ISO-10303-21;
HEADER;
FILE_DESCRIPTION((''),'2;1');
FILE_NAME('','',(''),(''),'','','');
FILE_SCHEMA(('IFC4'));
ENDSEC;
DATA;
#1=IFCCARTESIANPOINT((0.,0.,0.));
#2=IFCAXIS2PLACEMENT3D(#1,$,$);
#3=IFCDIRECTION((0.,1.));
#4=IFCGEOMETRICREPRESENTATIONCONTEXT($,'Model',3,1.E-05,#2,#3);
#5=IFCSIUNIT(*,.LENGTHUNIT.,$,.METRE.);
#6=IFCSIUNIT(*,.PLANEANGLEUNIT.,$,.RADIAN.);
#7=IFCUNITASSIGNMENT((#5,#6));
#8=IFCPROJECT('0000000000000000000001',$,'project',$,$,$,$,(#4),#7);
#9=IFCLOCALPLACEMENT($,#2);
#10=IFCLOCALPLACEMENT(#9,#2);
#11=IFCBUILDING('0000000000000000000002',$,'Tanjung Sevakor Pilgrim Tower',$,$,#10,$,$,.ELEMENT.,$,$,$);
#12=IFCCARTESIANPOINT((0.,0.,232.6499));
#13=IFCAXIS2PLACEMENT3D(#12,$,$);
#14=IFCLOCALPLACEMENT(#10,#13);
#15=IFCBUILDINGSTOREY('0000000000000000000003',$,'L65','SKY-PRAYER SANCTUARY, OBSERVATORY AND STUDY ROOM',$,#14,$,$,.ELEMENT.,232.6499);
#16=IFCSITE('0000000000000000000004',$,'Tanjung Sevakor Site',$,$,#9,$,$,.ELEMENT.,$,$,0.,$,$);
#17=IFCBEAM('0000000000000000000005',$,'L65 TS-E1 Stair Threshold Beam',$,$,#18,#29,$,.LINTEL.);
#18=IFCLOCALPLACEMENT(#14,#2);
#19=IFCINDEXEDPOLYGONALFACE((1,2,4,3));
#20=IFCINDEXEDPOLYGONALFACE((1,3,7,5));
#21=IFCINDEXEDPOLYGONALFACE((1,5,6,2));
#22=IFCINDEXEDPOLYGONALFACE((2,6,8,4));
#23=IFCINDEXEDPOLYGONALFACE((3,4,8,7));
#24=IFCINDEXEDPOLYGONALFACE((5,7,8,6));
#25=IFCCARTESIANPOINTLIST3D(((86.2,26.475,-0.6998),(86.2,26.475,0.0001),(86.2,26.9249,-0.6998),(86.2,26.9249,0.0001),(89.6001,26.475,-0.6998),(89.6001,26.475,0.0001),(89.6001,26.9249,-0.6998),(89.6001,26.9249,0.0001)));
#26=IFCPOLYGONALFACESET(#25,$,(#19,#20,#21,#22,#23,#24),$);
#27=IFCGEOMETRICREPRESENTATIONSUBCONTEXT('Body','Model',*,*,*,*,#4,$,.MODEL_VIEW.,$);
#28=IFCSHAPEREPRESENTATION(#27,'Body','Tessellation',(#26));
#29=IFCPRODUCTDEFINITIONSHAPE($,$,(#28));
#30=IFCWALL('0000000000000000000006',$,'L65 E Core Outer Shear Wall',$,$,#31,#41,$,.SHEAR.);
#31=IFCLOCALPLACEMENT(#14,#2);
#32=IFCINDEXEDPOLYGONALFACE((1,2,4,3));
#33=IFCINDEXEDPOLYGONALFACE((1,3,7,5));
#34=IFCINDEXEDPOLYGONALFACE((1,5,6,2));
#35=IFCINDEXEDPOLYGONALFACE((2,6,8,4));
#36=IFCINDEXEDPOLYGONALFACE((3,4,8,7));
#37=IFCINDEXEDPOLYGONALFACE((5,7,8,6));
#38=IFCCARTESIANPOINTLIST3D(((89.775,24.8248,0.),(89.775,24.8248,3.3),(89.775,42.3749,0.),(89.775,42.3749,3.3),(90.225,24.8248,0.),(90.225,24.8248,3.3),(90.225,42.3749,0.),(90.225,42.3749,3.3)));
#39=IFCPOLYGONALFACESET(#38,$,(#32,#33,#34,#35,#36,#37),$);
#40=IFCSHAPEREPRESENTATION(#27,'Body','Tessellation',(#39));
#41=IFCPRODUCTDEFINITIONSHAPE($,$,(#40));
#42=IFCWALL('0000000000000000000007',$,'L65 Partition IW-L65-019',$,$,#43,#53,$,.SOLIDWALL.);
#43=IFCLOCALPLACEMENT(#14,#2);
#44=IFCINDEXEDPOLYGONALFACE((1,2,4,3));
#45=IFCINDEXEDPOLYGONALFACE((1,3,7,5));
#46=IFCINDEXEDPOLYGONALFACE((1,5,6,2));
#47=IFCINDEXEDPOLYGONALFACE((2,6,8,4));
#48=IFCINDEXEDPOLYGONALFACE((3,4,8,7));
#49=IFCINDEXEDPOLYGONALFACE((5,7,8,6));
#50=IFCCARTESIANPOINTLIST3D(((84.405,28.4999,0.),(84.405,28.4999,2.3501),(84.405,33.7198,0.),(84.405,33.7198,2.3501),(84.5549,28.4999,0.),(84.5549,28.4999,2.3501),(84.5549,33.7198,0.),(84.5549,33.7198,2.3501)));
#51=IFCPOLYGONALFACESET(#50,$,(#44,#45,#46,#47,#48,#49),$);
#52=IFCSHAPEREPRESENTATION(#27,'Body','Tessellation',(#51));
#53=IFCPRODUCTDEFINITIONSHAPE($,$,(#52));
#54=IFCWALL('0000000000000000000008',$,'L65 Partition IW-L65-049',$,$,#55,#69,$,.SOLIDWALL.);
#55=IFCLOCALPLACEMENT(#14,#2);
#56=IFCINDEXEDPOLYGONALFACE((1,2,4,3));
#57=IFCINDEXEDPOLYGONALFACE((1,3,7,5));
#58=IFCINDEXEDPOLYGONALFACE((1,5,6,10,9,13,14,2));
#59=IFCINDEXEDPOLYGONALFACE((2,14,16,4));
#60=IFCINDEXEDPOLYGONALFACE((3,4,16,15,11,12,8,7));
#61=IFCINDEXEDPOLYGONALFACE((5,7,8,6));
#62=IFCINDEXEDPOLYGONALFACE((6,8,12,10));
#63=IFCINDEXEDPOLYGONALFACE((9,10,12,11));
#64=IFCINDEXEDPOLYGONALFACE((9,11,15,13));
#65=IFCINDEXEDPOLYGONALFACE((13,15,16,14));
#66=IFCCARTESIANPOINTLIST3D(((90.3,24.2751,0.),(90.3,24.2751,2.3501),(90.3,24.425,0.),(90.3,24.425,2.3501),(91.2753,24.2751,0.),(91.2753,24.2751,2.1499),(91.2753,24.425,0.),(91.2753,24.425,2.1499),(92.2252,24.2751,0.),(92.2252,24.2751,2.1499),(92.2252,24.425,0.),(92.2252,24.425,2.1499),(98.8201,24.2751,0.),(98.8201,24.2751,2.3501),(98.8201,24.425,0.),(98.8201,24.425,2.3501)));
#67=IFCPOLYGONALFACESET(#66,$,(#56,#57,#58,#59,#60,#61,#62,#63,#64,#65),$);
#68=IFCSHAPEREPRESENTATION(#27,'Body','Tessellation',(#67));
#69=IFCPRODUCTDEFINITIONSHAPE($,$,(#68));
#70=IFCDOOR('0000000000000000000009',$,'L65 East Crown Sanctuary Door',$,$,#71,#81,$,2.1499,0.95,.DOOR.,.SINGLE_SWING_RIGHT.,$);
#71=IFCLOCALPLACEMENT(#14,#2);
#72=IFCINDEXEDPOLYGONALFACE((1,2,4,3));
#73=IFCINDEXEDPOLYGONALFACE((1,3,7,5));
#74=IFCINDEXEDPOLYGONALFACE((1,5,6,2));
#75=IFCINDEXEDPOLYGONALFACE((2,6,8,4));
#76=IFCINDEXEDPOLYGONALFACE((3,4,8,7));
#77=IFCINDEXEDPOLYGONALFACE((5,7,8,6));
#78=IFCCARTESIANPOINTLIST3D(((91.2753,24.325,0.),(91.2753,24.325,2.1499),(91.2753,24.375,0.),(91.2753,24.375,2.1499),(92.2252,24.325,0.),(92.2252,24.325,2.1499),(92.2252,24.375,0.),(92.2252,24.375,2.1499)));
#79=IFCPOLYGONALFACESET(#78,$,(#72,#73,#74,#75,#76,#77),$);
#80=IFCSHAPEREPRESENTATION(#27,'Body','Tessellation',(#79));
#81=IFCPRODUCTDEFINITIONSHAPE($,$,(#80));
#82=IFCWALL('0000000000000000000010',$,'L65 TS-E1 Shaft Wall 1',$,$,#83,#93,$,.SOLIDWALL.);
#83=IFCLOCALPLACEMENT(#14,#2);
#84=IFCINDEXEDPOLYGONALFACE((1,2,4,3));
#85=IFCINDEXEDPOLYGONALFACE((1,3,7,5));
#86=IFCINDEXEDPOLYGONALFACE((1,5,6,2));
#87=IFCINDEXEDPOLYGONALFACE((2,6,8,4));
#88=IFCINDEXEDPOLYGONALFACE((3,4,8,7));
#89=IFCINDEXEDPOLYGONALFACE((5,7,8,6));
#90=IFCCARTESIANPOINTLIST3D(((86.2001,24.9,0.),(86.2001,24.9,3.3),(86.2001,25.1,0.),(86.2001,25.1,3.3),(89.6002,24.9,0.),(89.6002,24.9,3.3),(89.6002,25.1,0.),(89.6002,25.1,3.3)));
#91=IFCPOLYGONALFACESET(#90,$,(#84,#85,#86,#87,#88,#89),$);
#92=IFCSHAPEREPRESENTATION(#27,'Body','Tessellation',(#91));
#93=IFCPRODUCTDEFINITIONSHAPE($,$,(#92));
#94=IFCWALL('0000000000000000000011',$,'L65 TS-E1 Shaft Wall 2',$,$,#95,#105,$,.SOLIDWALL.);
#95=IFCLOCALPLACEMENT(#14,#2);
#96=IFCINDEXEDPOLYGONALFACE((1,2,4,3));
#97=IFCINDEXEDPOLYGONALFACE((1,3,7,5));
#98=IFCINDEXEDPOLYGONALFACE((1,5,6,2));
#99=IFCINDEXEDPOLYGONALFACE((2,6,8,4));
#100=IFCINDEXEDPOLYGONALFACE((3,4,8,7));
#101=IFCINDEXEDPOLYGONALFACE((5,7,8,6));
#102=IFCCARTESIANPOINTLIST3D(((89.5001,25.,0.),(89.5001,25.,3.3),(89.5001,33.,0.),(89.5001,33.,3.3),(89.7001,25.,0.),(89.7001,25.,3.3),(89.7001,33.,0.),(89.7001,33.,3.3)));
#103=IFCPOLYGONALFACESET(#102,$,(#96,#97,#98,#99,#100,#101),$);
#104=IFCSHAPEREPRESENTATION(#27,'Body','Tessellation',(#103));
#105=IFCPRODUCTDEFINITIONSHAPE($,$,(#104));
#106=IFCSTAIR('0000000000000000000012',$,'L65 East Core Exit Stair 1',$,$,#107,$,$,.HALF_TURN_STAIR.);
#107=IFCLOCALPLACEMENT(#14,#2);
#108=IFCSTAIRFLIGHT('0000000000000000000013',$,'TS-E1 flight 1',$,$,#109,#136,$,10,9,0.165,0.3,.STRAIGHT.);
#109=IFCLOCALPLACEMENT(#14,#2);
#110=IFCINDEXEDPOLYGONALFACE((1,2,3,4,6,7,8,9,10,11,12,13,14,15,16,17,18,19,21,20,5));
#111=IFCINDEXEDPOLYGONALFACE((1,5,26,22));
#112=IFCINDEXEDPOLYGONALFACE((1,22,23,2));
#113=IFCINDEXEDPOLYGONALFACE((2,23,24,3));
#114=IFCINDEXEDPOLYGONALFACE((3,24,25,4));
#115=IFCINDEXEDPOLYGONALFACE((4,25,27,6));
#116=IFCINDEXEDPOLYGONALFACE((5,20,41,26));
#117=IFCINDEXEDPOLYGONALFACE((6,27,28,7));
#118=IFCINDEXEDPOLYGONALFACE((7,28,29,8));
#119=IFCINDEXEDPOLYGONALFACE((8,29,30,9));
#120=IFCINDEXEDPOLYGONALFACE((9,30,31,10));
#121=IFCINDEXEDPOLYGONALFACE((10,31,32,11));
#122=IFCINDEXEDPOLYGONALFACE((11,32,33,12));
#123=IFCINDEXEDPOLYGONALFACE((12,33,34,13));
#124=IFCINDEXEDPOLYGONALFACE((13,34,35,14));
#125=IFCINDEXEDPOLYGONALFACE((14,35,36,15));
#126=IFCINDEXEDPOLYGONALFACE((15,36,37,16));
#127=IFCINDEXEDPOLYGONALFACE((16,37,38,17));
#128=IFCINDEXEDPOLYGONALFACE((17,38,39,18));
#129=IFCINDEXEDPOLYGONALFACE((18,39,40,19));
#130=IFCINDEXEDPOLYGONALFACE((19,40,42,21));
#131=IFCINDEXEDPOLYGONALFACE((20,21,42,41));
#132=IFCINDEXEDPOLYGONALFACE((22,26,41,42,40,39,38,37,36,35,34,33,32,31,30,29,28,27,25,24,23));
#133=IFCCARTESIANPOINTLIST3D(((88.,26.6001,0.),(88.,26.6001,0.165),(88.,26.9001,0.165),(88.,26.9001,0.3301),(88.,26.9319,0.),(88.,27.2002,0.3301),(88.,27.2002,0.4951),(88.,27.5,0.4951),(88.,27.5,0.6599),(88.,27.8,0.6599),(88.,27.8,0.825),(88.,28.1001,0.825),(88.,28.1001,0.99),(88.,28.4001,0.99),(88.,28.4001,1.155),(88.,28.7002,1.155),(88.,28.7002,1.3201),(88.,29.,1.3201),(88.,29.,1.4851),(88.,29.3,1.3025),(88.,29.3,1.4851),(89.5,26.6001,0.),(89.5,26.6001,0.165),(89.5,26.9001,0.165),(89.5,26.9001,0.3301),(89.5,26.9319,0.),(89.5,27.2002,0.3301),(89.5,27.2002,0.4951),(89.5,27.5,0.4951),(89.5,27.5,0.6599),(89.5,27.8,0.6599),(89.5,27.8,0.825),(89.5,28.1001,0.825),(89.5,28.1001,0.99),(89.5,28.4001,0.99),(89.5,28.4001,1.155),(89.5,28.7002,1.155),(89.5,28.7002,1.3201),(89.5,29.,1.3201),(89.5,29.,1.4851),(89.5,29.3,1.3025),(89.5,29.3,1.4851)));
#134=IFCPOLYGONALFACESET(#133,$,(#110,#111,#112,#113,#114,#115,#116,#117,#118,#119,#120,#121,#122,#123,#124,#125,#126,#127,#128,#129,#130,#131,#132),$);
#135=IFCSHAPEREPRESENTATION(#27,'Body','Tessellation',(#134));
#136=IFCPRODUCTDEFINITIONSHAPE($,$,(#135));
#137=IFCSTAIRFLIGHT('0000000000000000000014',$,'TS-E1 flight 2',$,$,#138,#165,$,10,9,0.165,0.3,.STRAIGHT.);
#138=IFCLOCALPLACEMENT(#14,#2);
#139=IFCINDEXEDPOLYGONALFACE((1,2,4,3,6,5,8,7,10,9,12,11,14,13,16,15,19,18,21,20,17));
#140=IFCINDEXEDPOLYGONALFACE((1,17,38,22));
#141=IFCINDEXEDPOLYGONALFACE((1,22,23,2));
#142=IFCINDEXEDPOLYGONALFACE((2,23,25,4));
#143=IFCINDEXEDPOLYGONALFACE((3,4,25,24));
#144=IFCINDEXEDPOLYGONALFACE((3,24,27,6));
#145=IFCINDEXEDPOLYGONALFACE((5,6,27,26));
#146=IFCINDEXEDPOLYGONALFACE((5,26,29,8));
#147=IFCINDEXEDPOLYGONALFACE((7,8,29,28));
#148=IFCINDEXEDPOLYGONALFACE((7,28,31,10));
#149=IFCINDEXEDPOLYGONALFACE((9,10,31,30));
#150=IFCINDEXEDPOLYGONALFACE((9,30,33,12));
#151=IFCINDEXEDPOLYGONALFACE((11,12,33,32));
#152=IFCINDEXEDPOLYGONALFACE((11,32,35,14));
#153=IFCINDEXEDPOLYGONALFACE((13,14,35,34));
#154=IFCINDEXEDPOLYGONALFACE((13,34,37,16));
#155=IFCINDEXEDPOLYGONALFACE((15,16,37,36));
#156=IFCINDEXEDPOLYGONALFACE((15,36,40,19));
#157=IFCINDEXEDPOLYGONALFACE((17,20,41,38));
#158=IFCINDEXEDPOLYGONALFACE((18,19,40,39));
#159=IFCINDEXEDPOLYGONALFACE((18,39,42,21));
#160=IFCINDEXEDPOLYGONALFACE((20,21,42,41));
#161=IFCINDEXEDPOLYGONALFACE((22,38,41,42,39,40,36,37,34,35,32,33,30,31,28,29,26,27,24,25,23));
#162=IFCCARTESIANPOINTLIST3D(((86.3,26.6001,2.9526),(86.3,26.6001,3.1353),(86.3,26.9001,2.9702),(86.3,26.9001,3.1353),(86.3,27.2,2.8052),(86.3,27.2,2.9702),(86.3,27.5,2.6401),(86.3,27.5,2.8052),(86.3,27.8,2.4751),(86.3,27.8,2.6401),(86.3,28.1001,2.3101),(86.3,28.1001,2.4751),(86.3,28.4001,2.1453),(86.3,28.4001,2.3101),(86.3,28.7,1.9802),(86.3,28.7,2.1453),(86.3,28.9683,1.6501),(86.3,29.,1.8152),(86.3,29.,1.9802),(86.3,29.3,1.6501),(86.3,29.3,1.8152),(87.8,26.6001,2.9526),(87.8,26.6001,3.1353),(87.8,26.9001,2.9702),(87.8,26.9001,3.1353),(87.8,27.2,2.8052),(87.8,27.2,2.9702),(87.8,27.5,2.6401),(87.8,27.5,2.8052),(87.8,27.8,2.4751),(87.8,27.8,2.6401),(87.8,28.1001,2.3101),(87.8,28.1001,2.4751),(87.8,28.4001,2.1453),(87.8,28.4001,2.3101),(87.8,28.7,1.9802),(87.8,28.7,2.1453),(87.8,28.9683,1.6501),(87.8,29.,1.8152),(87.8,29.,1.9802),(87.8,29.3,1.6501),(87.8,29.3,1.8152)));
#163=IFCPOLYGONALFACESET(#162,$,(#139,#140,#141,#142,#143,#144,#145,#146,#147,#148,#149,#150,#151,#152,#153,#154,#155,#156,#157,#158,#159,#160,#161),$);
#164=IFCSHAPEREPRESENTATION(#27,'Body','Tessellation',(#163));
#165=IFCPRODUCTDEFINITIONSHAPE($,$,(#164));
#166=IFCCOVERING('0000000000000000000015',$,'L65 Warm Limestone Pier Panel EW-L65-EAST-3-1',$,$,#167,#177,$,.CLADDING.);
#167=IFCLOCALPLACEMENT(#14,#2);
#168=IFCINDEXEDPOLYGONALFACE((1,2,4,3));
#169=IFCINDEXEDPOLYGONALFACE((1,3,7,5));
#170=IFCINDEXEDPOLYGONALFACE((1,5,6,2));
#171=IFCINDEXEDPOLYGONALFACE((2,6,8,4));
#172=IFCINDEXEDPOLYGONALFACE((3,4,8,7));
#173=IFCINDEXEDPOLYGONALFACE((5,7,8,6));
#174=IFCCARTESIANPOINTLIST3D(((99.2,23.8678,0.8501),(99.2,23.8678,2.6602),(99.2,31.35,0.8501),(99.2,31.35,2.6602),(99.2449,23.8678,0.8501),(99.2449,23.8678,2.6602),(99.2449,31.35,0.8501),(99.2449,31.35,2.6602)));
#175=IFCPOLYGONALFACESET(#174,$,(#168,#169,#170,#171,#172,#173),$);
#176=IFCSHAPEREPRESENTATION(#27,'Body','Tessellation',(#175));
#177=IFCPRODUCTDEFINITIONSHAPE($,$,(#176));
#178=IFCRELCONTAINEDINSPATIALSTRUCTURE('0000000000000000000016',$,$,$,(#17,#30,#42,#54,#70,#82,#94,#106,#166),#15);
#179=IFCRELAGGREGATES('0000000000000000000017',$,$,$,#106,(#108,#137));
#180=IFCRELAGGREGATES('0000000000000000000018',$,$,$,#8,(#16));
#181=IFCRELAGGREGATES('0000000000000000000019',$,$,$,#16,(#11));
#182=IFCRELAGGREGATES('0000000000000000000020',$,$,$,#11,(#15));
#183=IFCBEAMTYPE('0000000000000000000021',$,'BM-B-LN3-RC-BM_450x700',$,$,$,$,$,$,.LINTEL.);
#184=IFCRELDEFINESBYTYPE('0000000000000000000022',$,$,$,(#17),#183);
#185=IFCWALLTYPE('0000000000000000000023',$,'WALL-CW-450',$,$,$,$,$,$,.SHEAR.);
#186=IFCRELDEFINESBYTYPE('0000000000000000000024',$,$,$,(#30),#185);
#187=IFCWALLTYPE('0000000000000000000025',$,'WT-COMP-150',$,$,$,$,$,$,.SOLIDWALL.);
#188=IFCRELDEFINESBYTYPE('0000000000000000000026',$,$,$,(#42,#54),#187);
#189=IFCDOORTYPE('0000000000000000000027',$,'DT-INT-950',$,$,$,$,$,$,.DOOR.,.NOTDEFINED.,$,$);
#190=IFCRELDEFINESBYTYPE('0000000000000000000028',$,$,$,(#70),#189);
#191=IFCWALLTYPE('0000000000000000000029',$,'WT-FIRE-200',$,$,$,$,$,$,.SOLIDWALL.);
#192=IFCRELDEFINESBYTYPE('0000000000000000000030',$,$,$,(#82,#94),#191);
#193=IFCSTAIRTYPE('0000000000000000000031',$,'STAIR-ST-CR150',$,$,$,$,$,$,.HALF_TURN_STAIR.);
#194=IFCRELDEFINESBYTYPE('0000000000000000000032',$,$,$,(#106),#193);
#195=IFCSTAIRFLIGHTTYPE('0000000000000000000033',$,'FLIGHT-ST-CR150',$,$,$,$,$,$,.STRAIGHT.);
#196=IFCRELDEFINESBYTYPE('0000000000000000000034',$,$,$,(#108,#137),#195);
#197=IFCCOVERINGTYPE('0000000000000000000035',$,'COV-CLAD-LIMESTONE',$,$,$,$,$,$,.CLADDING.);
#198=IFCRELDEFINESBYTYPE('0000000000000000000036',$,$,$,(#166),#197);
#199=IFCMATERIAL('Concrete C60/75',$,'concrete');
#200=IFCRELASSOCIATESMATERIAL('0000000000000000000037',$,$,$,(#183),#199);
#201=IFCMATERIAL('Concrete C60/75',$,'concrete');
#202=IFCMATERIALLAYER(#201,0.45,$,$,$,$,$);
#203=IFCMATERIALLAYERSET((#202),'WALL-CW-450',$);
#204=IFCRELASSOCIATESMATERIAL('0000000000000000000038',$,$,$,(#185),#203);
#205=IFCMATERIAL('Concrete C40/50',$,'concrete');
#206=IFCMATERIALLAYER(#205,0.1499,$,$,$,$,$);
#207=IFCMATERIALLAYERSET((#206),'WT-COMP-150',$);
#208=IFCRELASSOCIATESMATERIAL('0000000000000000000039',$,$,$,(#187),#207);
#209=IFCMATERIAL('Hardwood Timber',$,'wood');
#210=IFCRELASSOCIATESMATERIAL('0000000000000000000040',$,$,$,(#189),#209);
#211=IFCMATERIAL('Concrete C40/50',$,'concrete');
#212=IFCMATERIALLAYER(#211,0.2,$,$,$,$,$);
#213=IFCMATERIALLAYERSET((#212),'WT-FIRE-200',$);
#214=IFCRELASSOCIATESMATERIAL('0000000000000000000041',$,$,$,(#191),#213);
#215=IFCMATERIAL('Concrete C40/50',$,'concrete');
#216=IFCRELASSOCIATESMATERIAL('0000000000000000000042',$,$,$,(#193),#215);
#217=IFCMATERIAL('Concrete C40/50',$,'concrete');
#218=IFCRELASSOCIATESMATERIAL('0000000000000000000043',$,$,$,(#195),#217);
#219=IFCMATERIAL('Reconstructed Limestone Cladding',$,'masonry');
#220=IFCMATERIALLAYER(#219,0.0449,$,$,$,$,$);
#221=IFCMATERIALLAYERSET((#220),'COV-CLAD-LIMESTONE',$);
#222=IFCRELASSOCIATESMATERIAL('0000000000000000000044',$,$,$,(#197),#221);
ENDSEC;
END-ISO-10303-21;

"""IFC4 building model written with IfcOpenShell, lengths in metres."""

from ifc_helpers import new_model, si_unit, direction, frame, frame_2d, origin, origin_2d, place, context, subcontext, project, spatial, polyline, rectangle, outline, extrude, material, layer, layer_set, material_profile, profile_set, type_object, element, fill, aggregate, save


model = new_model("IFC4")

# Units and contexts
model_context = context("Model", 3, precision=1e-05, world=origin(), true_north=direction((0.0, 1.0)))
body_context = subcontext(model_context, "Body", "Model", "MODEL_VIEW")
ifc_project = project(units=[si_unit("LENGTHUNIT", "METRE"), si_unit("PLANEANGLEUNIT", "RADIAN")], contexts=[model_context])

# Site, building, storey
site_placement = place(None, origin())
site = spatial("IfcSite", under=ifc_project, at=site_placement, Name="Tanjung Sevakor Site", CompositionType="ELEMENT", RefElevation=0.0)
building_placement = place(site_placement, origin())
building = spatial("IfcBuilding", under=site, at=building_placement, Name="Tanjung Sevakor Pilgrim Tower", CompositionType="ELEMENT")
storey_placement = place(building_placement, frame((0.0, 0.0, 232.6499)))
storey = spatial("IfcBuildingStorey", under=building, at=storey_placement, Name="L65", Description="SKY-PRAYER SANCTUARY, OBSERVATORY AND STUDY ROOM", CompositionType="ELEMENT", Elevation=232.6499)

# Beam
ifc_material_1 = material(Name="Concrete C60/75", Category="concrete")
ifc_material_profile = material_profile(ifc_material_1, rectangle(XDim=0.45, YDim=0.7, at=origin_2d()))
ifc_profile_set = profile_set([ifc_material_profile], Name="Concrete C60/75")
beam_type = type_object("IfcBeamType", Name="BM-B-LN3-RC-BM_450x700", PredefinedType="LINTEL", material=ifc_profile_set)
beam_placement = place(storey_placement, frame((86.2, 26.7, -0.3499), z_axis=(1.0, 0.0, 0.0), x_axis=(0.0, 1.0, 0.0)))
element("IfcBeam", 1, at=beam_placement, inside=storey, type_object=beam_type, Name="L65 TS-E1 Stair Threshold Beam", PredefinedType="LINTEL", context=body_context, shape_type="SweptSolid", body=[
    extrude(rectangle(XDim=0.45, YDim=0.7, at=origin_2d()), origin(), (0.0, 0.0, 1.0), 3.4001),
])

# Wall
ifc_material_2 = material(Name="Concrete C60/75", Category="concrete")
ifc_layer_1 = layer(ifc_material_2, 0.45)
ifc_layer_set_1 = layer_set([ifc_layer_1], Name="WALL-CW-450")
wall_type_1 = type_object("IfcWallType", Name="WALL-CW-450", PredefinedType="SHEAR", material=ifc_layer_set_1)
wall_1_placement = place(storey_placement, frame((90.0, 24.825, 0.0), z_axis=(0.0, 0.0, 1.0), x_axis=(0.0, 1.0, 0.0)))
element("IfcWall", 2, at=wall_1_placement, inside=storey, type_object=wall_type_1, Name="L65 E Core Outer Shear Wall", PredefinedType="SHEAR", context=body_context, shape_type="SweptSolid", body=[
    extrude(rectangle(XDim=17.55, YDim=0.45, at=frame_2d((8.7749, 0.0))), origin(), (0.0, 0.0, 1.0), 3.3),
])

# Wall
ifc_material_3 = material(Name="Concrete C40/50", Category="concrete")
ifc_layer_2 = layer(ifc_material_3, 0.1499)
ifc_layer_set_2 = layer_set([ifc_layer_2], Name="WT-COMP-150")
wall_type_2 = type_object("IfcWallType", Name="WT-COMP-150", PredefinedType="SOLIDWALL", material=ifc_layer_set_2)
wall_2_placement = place(storey_placement, frame((84.48, 28.5, 0.0), z_axis=(0.0, 0.0, 1.0), x_axis=(0.0, 1.0, 0.0)))
element("IfcWall", 3, at=wall_2_placement, inside=storey, type_object=wall_type_2, Name="L65 Partition IW-L65-019", PredefinedType="SOLIDWALL", context=body_context, shape_type="SweptSolid", body=[
    extrude(rectangle(XDim=5.22, YDim=0.1499, at=frame_2d((2.6099, 0.0))), origin(), (0.0, 0.0, 1.0), 2.3501),
])

# Wall, opening, door
wall_3_placement = place(storey_placement, frame((90.3, 24.3501, 0.0), z_axis=(0.0, 0.0, 1.0), x_axis=(1.0, 0.0, 0.0)))
wall_3 = element("IfcWall", 4, at=wall_3_placement, inside=storey, type_object=wall_type_2, Name="L65 Partition IW-L65-049", PredefinedType="SOLIDWALL", context=body_context, shape_type="SweptSolid", body=[
    extrude(rectangle(XDim=8.52, YDim=0.1499, at=frame_2d((4.26, 0.0))), origin(), (0.0, 0.0, 1.0), 2.3501),
])
opening_1_placement = place(wall_3_placement, frame((0.9751, 0.0, 0.0)))
opening_1 = element("IfcOpeningElement", 5, at=opening_1_placement, cuts=wall_3, PredefinedType="OPENING", context=body_context, shape_type="SweptSolid", body=[
    extrude(rectangle(XDim=0.95, YDim=2.1499, at=frame_2d((0.4751, 1.075))), frame((0.0, 0.085, 0.0), z_axis=(0.0, -1.0, 0.0), x_axis=(1.0, 0.0, 0.0)), (0.0, 0.0, 1.0), 0.1699),
])
ifc_material_4 = material(Name="Hardwood Timber", Category="wood")
door_type_1 = type_object("IfcDoorType", Name="DT-INT-950", OperationType="NOTDEFINED", PredefinedType="DOOR", material=ifc_material_4)
door_1_placement = place(opening_1_placement, origin())
door_1 = element("IfcDoor", 6, at=door_1_placement, inside=storey, type_object=door_type_1, Name="L65 East Crown Sanctuary Door", OperationType="SINGLE_SWING_RIGHT", OverallHeight=2.1499, OverallWidth=0.95, PredefinedType="DOOR", context=body_context, shape_type="SweptSolid", body=[
    extrude(rectangle(XDim=0.95, YDim=2.1499, at=frame_2d((0.4751, 1.075))), frame((0.0, 0.0249, 0.0), z_axis=(0.0, -1.0, 0.0), x_axis=(1.0, 0.0, 0.0)), (0.0, 0.0, 1.0), 0.05),
])
fill(opening_1, door_1)

# Walls
ifc_material_5 = material(Name="Concrete C40/50", Category="concrete")
ifc_layer_3 = layer(ifc_material_5, 0.2)
ifc_layer_set_3 = layer_set([ifc_layer_3], Name="WT-FIRE-200")
wall_type_3 = type_object("IfcWallType", Name="WT-FIRE-200", PredefinedType="SOLIDWALL", material=ifc_layer_set_3)
wall_4_placement = place(storey_placement, frame((86.2, 25.0, 0.0), z_axis=(0.0, 0.0, 1.0), x_axis=(1.0, 0.0, 0.0)))
element("IfcWall", 7, at=wall_4_placement, inside=storey, type_object=wall_type_3, Name="L65 TS-E1 Shaft Wall 1", PredefinedType="SOLIDWALL", context=body_context, shape_type="SweptSolid", body=[
    extrude(rectangle(XDim=3.4001, YDim=0.2, at=frame_2d((1.7002, 0.0))), origin(), (0.0, 0.0, 1.0), 3.3),
])
wall_5_placement = place(storey_placement, frame((89.6001, 25.0, 0.0), z_axis=(0.0, 0.0, 1.0), x_axis=(0.0, 1.0, 0.0)))
element("IfcWall", 8, at=wall_5_placement, inside=storey, type_object=wall_type_3, Name="L65 TS-E1 Shaft Wall 2", PredefinedType="SOLIDWALL", context=body_context, shape_type="SweptSolid", body=[
    extrude(rectangle(XDim=8.0, YDim=0.2, at=frame_2d((4.0, 0.0))), origin(), (0.0, 0.0, 1.0), 3.3),
])

# Stair, stair flights
ifc_material_6 = material(Name="Concrete C40/50", Category="concrete")
stair_type = type_object("IfcStairType", Name="STAIR-ST-CR150", PredefinedType="HALF_TURN_STAIR", material=ifc_material_6)
stair_placement = place(storey_placement, origin())
stair = element("IfcStair", 9, at=stair_placement, inside=storey, type_object=stair_type, Name="L65 East Core Exit Stair 1", PredefinedType="HALF_TURN_STAIR")
ifc_material_7 = material(Name="Concrete C40/50", Category="concrete")
stair_flight_type = type_object("IfcStairFlightType", Name="FLIGHT-ST-CR150", PredefinedType="STRAIGHT", material=ifc_material_7)
stair_flight_1_placement = place(storey_placement, frame((88.75, 26.6001, 0.0), z_axis=(0.0, 0.0, 1.0), x_axis=(0.0, 1.0, 0.0)))
stair_flight_1 = element("IfcStairFlight", 10, at=stair_flight_1_placement, type_object=stair_flight_type, Name="TS-E1 flight 1", NumberOfRisers=10, NumberOfTreads=9, PredefinedType="STRAIGHT", RiserHeight=0.165, TreadLength=0.3, context=body_context, shape_type="SweptSolid", body=[
    extrude(outline(polyline([(0.0, 0.0), (0.0, 0.165), (0.3, 0.165), (0.3, 0.3301), (0.6001, 0.3301), (0.6001, 0.4951), (0.8999, 0.4951), (0.8999, 0.6599), (1.2, 0.6599), (1.2, 0.825), (1.5, 0.825), (1.5, 0.99), (1.8, 0.99), (1.8, 1.155), (2.1001, 1.155), (2.1001, 1.3201), (2.3999, 1.3201), (2.3999, 1.4851), (2.7, 1.4851), (2.7, 1.6499), (2.7, 1.3025), (0.3318, 0.0), (0.0, 0.0)])), frame((0.0, 0.75, 0.0), z_axis=(0.0, -1.0, 0.0), x_axis=(1.0, 0.0, 0.0)), (0.0, 0.0, 1.0), 1.5),
])
stair_flight_2_placement = place(storey_placement, frame((87.05, 29.3, 1.6501), z_axis=(0.0, 0.0, 1.0), x_axis=(0.0, -1.0, 0.0)))
stair_flight_2 = element("IfcStairFlight", 11, at=stair_flight_2_placement, type_object=stair_flight_type, Name="TS-E1 flight 2", NumberOfRisers=10, NumberOfTreads=9, PredefinedType="STRAIGHT", RiserHeight=0.165, TreadLength=0.3, context=body_context, shape_type="SweptSolid", body=[
    extrude(outline(polyline([(0.0, 0.0), (0.0, 0.165), (0.3, 0.165), (0.3, 0.3301), (0.6001, 0.3301), (0.6001, 0.4951), (0.8999, 0.4951), (0.8999, 0.6599), (1.2, 0.6599), (1.2, 0.825), (1.5, 0.825), (1.5, 0.99), (1.8, 0.99), (1.8, 1.155), (2.1001, 1.155), (2.1001, 1.3201), (2.3999, 1.3201), (2.3999, 1.4851), (2.7, 1.4851), (2.7, 1.6499), (2.7, 1.3025), (0.3318, 0.0), (0.0, 0.0)])), frame((0.0, 0.75, 0.0), z_axis=(0.0, -1.0, 0.0), x_axis=(1.0, 0.0, 0.0)), (0.0, 0.0, 1.0), 1.5),
])
aggregate(stair, [stair_flight_1, stair_flight_2])

# Covering
ifc_material_8 = material(Name="Reconstructed Limestone Cladding", Category="masonry")
ifc_layer_4 = layer(ifc_material_8, 0.0449)
ifc_layer_set_4 = layer_set([ifc_layer_4], Name="COV-CLAD-LIMESTONE")
covering_type = type_object("IfcCoveringType", Name="COV-CLAD-LIMESTONE", PredefinedType="CLADDING", material=ifc_layer_set_4)
covering_placement = place(storey_placement, frame((99.2224, 27.6089, 0.8501), z_axis=(0.0, 0.0, 1.0), x_axis=(0.0, 1.0, 0.0)))
element("IfcCovering", 12, at=covering_placement, inside=storey, type_object=covering_type, Name="L65 Warm Limestone Pier Panel EW-L65-EAST-3-1", PredefinedType="CLADDING", context=body_context, shape_type="SweptSolid", body=[
    extrude(rectangle(XDim=7.4822, YDim=0.0449, at=origin_2d()), origin(), (0.0, 0.0, 1.0), 1.8101),
])

save(model, "model.ifc")
